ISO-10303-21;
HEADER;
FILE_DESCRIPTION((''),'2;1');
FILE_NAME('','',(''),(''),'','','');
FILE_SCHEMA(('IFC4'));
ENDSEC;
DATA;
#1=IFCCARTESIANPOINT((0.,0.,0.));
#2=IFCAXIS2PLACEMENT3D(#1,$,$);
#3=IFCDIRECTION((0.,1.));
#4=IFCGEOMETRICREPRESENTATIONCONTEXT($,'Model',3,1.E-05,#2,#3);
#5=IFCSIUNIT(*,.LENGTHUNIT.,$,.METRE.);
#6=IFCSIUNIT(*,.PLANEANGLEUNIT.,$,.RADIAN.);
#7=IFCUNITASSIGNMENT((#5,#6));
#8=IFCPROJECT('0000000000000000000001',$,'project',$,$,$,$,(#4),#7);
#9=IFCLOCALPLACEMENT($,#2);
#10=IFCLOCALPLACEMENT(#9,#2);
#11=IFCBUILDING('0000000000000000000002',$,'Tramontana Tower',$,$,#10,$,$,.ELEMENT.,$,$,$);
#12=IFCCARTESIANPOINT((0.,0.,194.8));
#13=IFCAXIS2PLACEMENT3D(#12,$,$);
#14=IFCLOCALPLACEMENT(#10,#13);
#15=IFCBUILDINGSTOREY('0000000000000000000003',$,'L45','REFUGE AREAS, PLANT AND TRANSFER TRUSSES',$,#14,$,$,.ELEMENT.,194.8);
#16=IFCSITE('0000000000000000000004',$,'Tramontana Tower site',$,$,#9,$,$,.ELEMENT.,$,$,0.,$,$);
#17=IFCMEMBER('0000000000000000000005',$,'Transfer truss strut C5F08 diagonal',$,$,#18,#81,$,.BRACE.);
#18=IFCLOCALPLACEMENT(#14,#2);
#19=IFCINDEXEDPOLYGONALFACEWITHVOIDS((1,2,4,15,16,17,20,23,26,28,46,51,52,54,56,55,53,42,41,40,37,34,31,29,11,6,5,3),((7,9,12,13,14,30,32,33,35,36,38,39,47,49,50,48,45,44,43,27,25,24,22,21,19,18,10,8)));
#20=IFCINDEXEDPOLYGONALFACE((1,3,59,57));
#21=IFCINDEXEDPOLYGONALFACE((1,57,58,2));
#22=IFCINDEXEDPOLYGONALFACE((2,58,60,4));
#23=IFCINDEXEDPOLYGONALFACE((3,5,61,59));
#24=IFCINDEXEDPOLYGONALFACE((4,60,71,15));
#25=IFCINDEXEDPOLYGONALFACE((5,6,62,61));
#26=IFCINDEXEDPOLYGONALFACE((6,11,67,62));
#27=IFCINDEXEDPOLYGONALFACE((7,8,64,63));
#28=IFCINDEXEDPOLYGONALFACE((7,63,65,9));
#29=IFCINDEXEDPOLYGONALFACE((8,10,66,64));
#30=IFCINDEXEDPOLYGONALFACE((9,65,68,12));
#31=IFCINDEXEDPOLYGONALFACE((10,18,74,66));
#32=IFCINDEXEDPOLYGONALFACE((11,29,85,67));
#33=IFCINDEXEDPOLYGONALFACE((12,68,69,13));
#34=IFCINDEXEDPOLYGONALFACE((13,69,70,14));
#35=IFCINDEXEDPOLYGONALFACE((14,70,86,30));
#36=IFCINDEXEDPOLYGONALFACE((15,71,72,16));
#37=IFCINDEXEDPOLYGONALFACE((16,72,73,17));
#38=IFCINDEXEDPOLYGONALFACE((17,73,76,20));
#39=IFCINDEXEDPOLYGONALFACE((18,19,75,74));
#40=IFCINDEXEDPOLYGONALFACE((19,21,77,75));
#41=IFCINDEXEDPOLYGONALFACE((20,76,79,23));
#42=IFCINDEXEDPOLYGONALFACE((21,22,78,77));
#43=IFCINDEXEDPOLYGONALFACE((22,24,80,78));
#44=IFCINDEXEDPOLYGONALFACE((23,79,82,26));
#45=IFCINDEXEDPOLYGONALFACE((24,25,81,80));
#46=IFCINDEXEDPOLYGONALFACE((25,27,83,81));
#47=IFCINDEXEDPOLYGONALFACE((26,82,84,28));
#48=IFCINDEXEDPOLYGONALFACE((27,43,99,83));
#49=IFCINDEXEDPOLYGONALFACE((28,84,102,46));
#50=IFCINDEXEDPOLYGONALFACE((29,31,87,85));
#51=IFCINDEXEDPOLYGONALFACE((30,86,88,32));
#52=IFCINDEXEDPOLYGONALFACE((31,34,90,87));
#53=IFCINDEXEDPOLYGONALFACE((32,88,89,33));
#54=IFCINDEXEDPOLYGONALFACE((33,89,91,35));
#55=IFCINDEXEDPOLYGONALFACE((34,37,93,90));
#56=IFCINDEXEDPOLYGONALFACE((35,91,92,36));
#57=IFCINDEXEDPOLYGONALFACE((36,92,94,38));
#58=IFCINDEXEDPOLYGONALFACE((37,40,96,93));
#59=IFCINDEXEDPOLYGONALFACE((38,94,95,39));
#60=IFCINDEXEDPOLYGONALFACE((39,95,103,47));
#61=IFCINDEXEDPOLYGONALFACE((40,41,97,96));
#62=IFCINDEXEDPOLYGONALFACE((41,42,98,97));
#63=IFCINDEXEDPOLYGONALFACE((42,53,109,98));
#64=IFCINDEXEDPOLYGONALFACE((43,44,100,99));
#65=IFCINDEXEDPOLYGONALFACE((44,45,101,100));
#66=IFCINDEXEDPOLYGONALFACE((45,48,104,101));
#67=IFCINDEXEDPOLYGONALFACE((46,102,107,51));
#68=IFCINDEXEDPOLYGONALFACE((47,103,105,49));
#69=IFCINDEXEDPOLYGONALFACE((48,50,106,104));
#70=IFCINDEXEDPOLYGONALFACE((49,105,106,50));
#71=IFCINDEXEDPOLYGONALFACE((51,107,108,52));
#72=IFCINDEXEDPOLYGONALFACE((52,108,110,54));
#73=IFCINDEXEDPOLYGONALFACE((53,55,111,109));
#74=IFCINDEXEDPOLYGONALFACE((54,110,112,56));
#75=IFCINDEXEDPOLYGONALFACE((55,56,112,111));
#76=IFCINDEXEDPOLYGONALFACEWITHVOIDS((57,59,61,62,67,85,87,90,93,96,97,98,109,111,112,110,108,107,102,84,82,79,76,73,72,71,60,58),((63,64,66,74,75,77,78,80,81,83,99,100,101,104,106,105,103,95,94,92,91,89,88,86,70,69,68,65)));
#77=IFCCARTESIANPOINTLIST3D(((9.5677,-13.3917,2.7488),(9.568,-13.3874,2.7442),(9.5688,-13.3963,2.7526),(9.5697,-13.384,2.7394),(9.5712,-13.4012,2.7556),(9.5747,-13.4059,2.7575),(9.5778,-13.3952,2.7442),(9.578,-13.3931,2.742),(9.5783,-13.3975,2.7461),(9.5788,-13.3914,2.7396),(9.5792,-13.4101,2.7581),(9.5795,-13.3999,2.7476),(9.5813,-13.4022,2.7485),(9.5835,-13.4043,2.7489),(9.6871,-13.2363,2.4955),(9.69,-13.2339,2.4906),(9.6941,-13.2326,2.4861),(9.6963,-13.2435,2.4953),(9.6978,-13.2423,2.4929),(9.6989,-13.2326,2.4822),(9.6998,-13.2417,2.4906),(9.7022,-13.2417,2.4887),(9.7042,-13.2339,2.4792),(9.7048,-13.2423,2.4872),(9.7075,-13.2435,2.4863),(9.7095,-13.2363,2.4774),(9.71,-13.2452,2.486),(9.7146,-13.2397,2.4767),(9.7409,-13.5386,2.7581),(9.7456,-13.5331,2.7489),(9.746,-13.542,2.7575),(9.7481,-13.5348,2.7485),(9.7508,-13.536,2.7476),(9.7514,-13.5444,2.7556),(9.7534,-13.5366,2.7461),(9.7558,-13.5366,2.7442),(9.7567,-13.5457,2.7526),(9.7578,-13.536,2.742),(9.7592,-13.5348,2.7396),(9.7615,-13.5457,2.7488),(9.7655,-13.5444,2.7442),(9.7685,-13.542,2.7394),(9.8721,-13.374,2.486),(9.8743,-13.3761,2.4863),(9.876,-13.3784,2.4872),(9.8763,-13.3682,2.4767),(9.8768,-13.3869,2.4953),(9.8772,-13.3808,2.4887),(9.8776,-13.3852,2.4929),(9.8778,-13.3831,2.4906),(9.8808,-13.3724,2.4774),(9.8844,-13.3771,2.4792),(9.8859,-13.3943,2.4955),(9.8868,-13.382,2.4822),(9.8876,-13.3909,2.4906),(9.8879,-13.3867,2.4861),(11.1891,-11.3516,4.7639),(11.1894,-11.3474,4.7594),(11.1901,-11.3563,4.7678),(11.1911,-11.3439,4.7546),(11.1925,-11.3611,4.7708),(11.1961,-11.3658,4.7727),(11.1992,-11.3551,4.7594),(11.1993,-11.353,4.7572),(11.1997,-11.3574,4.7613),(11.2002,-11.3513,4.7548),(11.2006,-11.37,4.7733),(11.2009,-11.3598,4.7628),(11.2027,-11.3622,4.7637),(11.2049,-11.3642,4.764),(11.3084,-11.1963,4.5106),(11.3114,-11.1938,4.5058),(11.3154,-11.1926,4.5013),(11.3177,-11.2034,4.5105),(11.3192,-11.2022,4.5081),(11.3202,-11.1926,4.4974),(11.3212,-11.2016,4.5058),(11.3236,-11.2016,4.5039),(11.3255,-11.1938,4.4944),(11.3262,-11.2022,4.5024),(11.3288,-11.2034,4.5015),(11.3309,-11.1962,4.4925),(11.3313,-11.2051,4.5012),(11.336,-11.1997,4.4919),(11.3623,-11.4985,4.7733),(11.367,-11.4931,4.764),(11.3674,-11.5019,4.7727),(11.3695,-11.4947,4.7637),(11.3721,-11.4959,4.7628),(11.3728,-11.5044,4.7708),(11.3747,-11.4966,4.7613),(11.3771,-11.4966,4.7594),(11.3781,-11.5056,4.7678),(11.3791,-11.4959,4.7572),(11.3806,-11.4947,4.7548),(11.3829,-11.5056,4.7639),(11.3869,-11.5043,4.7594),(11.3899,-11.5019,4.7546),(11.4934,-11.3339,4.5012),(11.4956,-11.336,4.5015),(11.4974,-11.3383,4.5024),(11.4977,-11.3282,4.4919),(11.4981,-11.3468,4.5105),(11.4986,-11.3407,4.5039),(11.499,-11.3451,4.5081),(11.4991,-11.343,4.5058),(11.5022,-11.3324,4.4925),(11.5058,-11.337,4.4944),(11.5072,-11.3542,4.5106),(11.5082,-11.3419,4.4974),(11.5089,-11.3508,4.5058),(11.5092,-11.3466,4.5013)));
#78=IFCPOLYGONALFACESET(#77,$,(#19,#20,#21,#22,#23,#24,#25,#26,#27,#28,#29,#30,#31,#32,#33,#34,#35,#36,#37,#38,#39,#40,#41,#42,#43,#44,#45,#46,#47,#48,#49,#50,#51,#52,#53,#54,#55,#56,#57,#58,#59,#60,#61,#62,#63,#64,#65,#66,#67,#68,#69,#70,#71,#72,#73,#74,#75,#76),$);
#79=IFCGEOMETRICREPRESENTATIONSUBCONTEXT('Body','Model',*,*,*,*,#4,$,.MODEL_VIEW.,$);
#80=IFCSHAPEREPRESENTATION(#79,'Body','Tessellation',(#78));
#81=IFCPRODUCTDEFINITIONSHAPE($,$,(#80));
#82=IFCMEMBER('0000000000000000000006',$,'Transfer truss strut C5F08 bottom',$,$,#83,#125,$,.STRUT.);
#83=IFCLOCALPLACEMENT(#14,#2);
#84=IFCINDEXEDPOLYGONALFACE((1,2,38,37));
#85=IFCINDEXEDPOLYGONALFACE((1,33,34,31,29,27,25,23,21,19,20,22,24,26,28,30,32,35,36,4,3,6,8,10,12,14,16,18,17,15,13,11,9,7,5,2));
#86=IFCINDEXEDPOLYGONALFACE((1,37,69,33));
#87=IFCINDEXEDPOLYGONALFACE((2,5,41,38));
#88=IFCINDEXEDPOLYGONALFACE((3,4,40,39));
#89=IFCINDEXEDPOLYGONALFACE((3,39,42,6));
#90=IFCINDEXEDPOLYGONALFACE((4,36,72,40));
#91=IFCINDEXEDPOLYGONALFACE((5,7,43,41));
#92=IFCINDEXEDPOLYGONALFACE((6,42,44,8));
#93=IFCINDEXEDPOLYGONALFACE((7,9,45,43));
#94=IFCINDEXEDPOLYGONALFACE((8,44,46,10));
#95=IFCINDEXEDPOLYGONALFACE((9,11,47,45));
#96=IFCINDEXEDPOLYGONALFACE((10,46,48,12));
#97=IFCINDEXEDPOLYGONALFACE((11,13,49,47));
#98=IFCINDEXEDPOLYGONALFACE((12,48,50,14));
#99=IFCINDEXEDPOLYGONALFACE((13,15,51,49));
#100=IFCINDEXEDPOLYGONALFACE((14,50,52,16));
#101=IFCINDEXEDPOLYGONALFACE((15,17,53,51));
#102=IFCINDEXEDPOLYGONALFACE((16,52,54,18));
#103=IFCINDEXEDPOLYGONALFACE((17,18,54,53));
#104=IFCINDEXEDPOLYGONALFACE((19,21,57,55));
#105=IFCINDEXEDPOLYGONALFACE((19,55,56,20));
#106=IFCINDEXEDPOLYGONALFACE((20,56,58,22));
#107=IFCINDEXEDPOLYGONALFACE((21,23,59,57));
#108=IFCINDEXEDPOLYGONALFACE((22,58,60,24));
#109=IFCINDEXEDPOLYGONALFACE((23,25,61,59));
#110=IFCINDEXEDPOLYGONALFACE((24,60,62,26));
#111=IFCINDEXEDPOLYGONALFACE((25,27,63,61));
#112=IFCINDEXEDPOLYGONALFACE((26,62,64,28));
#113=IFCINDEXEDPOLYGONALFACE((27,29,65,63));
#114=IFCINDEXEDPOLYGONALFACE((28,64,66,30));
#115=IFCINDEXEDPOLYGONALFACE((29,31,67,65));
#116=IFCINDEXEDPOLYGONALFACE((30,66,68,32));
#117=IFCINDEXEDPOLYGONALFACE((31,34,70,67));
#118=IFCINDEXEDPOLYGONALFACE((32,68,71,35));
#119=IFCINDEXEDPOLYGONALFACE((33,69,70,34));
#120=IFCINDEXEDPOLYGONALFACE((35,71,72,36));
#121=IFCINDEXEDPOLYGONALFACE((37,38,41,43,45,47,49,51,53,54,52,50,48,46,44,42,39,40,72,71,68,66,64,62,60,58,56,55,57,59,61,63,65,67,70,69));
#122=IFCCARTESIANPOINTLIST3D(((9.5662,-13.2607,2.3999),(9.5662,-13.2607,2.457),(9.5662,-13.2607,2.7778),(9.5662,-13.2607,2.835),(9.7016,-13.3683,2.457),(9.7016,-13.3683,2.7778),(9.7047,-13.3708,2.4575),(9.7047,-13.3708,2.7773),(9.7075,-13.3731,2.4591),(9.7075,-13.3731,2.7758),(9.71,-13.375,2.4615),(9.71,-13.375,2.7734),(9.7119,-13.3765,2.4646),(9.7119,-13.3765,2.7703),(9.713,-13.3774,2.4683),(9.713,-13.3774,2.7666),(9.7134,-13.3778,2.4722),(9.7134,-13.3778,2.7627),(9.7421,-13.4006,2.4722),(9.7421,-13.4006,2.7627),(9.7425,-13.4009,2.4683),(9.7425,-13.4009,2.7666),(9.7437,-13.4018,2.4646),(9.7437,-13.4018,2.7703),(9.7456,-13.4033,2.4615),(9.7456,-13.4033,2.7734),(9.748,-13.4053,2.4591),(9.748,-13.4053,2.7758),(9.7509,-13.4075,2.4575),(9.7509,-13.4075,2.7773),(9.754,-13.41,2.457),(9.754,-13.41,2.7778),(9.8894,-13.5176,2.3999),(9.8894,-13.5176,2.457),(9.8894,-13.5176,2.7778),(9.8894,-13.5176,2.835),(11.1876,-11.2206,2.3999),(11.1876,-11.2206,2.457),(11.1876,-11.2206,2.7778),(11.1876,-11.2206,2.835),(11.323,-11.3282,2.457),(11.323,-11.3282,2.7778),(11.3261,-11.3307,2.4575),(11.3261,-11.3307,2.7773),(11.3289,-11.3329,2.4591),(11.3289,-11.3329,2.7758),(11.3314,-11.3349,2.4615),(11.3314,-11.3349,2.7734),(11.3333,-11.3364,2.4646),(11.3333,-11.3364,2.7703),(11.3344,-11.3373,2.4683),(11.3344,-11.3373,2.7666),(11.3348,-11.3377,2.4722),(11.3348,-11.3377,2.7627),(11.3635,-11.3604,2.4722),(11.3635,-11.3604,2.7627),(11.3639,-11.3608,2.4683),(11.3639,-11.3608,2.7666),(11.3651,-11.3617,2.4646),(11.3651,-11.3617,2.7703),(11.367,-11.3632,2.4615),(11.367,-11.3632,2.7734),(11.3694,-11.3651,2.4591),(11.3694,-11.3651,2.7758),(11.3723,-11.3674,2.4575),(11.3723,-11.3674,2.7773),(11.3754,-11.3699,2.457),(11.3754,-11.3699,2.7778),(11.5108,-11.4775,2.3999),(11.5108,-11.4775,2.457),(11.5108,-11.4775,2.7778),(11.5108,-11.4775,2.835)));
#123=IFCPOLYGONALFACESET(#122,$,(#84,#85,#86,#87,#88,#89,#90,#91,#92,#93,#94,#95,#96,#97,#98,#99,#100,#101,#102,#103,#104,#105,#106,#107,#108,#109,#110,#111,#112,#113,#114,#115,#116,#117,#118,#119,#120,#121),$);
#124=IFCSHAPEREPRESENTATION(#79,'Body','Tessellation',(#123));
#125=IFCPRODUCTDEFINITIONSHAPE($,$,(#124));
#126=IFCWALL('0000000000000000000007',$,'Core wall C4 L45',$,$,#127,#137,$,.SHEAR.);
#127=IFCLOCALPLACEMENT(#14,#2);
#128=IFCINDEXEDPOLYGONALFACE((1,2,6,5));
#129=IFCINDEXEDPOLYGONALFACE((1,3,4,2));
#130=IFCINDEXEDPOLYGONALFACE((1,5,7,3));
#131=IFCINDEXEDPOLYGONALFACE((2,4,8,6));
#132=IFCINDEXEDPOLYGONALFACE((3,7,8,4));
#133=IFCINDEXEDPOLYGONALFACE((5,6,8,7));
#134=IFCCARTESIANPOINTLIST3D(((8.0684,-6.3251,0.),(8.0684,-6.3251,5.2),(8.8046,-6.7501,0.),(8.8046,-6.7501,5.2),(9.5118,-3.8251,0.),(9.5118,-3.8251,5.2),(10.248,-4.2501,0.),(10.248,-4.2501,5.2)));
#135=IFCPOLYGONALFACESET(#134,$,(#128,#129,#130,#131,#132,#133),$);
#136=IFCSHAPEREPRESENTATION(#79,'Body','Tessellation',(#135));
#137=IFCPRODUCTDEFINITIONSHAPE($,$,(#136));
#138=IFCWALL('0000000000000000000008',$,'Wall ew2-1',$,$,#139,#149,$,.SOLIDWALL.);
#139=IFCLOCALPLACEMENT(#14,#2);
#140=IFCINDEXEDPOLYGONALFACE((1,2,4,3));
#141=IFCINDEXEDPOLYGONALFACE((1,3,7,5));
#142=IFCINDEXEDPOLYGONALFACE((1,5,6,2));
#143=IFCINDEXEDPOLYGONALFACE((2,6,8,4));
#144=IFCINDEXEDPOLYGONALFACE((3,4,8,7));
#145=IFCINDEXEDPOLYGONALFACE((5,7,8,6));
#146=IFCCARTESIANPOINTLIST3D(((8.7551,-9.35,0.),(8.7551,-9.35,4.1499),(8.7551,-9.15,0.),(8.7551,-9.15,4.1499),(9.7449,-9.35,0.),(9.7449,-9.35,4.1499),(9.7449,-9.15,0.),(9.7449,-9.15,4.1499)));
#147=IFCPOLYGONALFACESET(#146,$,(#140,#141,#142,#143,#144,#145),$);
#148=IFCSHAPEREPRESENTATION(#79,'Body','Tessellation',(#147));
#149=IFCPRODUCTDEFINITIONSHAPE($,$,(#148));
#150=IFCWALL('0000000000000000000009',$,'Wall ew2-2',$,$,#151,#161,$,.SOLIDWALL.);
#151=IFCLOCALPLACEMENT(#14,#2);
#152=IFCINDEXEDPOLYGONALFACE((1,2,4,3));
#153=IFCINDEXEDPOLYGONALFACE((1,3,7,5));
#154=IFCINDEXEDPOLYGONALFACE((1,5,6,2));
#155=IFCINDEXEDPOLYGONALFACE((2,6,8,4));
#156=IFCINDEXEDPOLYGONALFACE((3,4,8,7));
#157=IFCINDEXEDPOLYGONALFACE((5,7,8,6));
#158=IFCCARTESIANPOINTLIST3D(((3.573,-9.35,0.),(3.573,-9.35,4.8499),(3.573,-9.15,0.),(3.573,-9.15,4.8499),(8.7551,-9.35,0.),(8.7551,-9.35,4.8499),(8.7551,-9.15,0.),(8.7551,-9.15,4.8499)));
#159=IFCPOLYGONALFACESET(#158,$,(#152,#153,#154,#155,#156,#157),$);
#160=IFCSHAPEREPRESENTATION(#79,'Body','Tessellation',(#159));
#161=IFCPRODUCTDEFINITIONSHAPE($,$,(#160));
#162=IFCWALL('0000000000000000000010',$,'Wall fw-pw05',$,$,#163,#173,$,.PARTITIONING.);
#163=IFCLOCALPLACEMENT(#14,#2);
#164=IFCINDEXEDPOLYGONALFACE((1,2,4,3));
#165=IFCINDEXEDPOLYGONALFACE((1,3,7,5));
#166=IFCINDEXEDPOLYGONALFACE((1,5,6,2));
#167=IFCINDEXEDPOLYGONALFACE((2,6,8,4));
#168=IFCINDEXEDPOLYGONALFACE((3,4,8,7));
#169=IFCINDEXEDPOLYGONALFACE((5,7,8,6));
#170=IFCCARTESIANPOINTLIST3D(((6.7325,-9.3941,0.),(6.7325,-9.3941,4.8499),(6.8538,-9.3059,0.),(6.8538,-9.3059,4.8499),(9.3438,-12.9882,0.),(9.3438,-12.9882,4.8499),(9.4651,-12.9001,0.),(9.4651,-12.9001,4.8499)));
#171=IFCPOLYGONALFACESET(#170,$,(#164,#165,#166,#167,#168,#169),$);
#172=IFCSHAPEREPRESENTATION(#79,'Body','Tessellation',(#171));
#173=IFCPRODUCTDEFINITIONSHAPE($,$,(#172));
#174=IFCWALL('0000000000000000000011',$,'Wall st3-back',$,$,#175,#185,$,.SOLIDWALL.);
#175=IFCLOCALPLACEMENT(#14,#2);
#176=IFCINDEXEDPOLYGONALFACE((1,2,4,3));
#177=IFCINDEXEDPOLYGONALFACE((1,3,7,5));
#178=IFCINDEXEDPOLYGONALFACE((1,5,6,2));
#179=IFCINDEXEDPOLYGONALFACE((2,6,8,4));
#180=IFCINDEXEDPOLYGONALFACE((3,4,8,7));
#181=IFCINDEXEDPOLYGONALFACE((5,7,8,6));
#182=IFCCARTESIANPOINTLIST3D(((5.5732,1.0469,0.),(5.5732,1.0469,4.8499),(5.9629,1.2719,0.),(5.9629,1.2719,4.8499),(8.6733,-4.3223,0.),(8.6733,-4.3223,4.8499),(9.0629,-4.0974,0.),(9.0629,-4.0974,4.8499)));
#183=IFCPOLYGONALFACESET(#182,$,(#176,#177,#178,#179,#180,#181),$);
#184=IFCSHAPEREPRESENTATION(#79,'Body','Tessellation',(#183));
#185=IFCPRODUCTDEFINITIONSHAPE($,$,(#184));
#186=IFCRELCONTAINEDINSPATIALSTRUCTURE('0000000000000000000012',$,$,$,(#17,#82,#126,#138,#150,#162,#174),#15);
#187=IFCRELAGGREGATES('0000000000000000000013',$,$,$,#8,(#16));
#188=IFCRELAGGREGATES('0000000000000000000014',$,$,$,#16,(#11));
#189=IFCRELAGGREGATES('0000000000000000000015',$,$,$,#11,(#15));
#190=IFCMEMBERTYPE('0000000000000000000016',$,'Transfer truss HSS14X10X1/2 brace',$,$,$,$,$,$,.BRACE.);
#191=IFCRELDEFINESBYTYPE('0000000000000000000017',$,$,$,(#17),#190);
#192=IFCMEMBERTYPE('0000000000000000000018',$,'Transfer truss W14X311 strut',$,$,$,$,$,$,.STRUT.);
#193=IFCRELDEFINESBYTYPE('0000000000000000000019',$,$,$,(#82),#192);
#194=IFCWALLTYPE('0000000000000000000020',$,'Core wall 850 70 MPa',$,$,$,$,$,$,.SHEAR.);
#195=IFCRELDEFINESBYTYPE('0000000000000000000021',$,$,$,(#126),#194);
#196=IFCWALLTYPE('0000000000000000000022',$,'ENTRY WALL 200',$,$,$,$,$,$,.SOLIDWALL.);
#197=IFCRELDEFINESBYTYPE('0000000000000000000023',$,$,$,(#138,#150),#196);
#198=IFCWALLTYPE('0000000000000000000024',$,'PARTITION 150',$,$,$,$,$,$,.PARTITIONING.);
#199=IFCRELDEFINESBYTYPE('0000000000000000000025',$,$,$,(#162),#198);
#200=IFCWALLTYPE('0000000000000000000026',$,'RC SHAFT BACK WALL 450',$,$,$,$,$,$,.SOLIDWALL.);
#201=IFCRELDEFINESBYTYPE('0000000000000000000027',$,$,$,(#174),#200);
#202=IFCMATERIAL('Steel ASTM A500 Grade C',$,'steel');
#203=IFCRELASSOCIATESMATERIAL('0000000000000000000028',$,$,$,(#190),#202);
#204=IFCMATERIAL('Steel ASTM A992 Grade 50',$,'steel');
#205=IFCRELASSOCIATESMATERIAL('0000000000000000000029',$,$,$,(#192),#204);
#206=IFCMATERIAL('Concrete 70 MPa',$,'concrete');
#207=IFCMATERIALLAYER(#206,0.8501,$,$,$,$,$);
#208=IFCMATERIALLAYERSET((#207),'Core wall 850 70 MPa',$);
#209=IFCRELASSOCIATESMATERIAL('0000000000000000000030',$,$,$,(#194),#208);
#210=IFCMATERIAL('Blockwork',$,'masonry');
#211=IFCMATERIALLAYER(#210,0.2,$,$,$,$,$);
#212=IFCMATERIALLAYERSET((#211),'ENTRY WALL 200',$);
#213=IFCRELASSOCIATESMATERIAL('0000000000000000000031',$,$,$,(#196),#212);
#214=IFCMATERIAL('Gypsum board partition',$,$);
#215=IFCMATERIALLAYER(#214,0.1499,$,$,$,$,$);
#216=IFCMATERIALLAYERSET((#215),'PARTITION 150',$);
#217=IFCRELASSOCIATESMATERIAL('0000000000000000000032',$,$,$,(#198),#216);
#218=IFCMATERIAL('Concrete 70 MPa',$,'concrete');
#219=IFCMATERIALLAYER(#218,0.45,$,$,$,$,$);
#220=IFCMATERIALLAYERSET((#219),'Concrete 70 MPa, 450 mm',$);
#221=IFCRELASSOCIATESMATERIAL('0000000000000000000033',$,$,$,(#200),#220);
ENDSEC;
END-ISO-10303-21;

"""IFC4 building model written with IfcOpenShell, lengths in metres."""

from ifc_helpers import new_model, si_unit, direction, frame, frame_2d, origin, origin_2d, place, context, subcontext, project, spatial, rectangle, hollow_rectangle, i_section, extrude, material, layer, layer_set, material_profile, profile_set, type_object, element, save


model = new_model("IFC4")

# Units and contexts
model_context = context("Model", 3, precision=1e-05, world=origin(), true_north=direction((0.0, 1.0)))
body_context = subcontext(model_context, "Body", "Model", "MODEL_VIEW")
ifc_project = project(units=[si_unit("LENGTHUNIT", "METRE"), si_unit("PLANEANGLEUNIT", "RADIAN")], contexts=[model_context])

# Site, building, storey
site_placement = place(None, origin())
site = spatial("IfcSite", under=ifc_project, at=site_placement, Name="Tramontana Tower site", CompositionType="ELEMENT", RefElevation=0.0)
building_placement = place(site_placement, origin())
building = spatial("IfcBuilding", under=site, at=building_placement, Name="Tramontana Tower", CompositionType="ELEMENT")
storey_placement = place(building_placement, frame((0.0, 0.0, 194.8)))
storey = spatial("IfcBuildingStorey", under=building, at=storey_placement, Name="L45", Description="REFUGE AREAS, PLANT AND TRANSFER TRUSSES", CompositionType="ELEMENT", Elevation=194.8)

# Members
ifc_material_1 = material(Name="Steel ASTM A500 Grade C", Category="steel")
ifc_material_profile_1 = material_profile(ifc_material_1, hollow_rectangle(XDim=0.2539, YDim=0.3557, WallThickness=0.0117, InnerFilletRadius=0.0117, OuterFilletRadius=0.0237, at=origin_2d()), Name="HSS14X10X1/2")
ifc_profile_set_1 = profile_set([ifc_material_profile_1], Name="Steel ASTM A500 Grade C")
member_type_1 = type_object("IfcMemberType", Name="Transfer truss HSS14X10X1/2 brace", PredefinedType="BRACE", material=ifc_profile_set_1)
member_1_placement = place(storey_placement, frame((9.7278, -13.3892, 2.6174), z_axis=(0.49219, 0.619296, 0.611736), x_axis=(-0.782867, 0.62219, 0.0)))
element("IfcMember", 1, at=member_1_placement, inside=storey, type_object=member_type_1, Name="Transfer truss strut C5F08 diagonal", PredefinedType="BRACE", context=body_context, shape_type="SweptSolid", body=[
    extrude(hollow_rectangle(XDim=0.2539, YDim=0.3557, WallThickness=0.0117, InnerFilletRadius=0.0117, OuterFilletRadius=0.0237, at=origin_2d()), origin(), (0.0, 0.0, 1.0), 3.2942),
])
ifc_material_2 = material(Name="Steel ASTM A992 Grade 50", Category="steel")
ifc_material_profile_2 = material_profile(ifc_material_2, i_section(OverallWidth=0.4128, OverallDepth=0.4351, WebThickness=0.0366, FlangeThickness=0.0571, FilletRadius=0.0151, at=origin_2d()), Name="W14X311")
ifc_profile_set_2 = profile_set([ifc_material_profile_2], Name="Steel ASTM A992 Grade 50")
member_type_2 = type_object("IfcMemberType", Name="Transfer truss W14X311 strut", PredefinedType="STRUT", material=ifc_profile_set_2)
member_2_placement = place(storey_placement, frame((9.7278, -13.3892, 2.6174), z_axis=(0.62219, 0.782867, 0.0), x_axis=(-0.782867, 0.62219, 0.0)))
element("IfcMember", 2, at=member_2_placement, inside=storey, type_object=member_type_2, Name="Transfer truss strut C5F08 bottom", PredefinedType="STRUT", context=body_context, shape_type="SweptSolid", body=[
    extrude(i_section(OverallWidth=0.4128, OverallDepth=0.4351, WebThickness=0.0366, FlangeThickness=0.0571, FilletRadius=0.0151, at=origin_2d()), origin(), (0.0, 0.0, 1.0), 2.606),
])

# Walls
ifc_material_3 = material(Name="Concrete 70 MPa", Category="concrete")
ifc_layer_1 = layer(ifc_material_3, 0.8501)
ifc_layer_set_1 = layer_set([ifc_layer_1], Name="Core wall 850 70 MPa")
wall_type_1 = type_object("IfcWallType", Name="Core wall 850 70 MPa", PredefinedType="SHEAR", material=ifc_layer_set_1)
wall_1_placement = place(storey_placement, frame((8.4365, -6.5376, 0.0), z_axis=(0.0, 0.0, 1.0), x_axis=(0.499996, 0.866028, 0.0)))
element("IfcWall", 3, at=wall_1_placement, inside=storey, type_object=wall_type_1, Name="Core wall C4 L45", PredefinedType="SHEAR", context=body_context, shape_type="SweptSolid", body=[
    extrude(rectangle(XDim=2.8867, YDim=0.8501, at=frame_2d((1.4434, 0.0))), origin(), (0.0, 0.0, 1.0), 5.2),
])
ifc_material_4 = material(Name="Blockwork", Category="masonry")
ifc_layer_2 = layer(ifc_material_4, 0.2)
ifc_layer_set_2 = layer_set([ifc_layer_2], Name="ENTRY WALL 200")
wall_type_2 = type_object("IfcWallType", Name="ENTRY WALL 200", PredefinedType="SOLIDWALL", material=ifc_layer_set_2)
wall_2_placement = place(storey_placement, frame((9.7449, -9.25, 0.0), z_axis=(0.0, 0.0, 1.0), x_axis=(-1.0, 0.0, 0.0)))
element("IfcWall", 4, at=wall_2_placement, inside=storey, type_object=wall_type_2, Name="Wall ew2-1", PredefinedType="SOLIDWALL", context=body_context, shape_type="SweptSolid", body=[
    extrude(rectangle(XDim=0.9897, YDim=0.2, at=frame_2d((0.4949, 0.0))), origin(), (0.0, 0.0, 1.0), 4.1499),
])
wall_3_placement = place(storey_placement, frame((8.7551, -9.25, 0.0), z_axis=(0.0, 0.0, 1.0), x_axis=(-1.0, 0.0, 0.0)))
element("IfcWall", 5, at=wall_3_placement, inside=storey, type_object=wall_type_2, Name="Wall ew2-2", PredefinedType="SOLIDWALL", context=body_context, shape_type="SweptSolid", body=[
    extrude(rectangle(XDim=5.1821, YDim=0.2, at=frame_2d((2.5911, 0.0))), origin(), (0.0, 0.0, 1.0), 4.8499),
])
ifc_material_5 = material(Name="Gypsum board partition")
ifc_layer_3 = layer(ifc_material_5, 0.1499)
ifc_layer_set_3 = layer_set([ifc_layer_3], Name="PARTITION 150")
wall_type_3 = type_object("IfcWallType", Name="PARTITION 150", PredefinedType="PARTITIONING", material=ifc_layer_set_3)
wall_4_placement = place(storey_placement, frame((6.7932, -9.3501, 0.0), z_axis=(0.0, 0.0, 1.0), x_axis=(0.58778, -0.809021, 0.0)))
element("IfcWall", 6, at=wall_4_placement, inside=storey, type_object=wall_type_3, Name="Wall fw-pw05", PredefinedType="PARTITIONING", context=body_context, shape_type="SweptSolid", body=[
    extrude(rectangle(XDim=4.4426, YDim=0.1499, at=frame_2d((2.2212, 0.0))), origin(), (0.0, 0.0, 1.0), 4.8499),
])
ifc_material_6 = material(Name="Concrete 70 MPa", Category="concrete")
ifc_layer_4 = layer(ifc_material_6, 0.45)
ifc_layer_set_4 = layer_set([ifc_layer_4], Name="Concrete 70 MPa, 450 mm")
wall_type_4 = type_object("IfcWallType", Name="RC SHAFT BACK WALL 450", PredefinedType="SOLIDWALL", material=ifc_layer_set_4)
wall_5_placement = place(storey_placement, frame((8.8682, -4.21, 0.0), z_axis=(0.0, 0.0, 1.0), x_axis=(-0.50001, 0.86602, 0.0)))
element("IfcWall", 7, at=wall_5_placement, inside=storey, type_object=wall_type_4, Name="Wall st3-back", PredefinedType="SOLIDWALL", context=body_context, shape_type="SweptSolid", body=[
    extrude(rectangle(XDim=6.2, YDim=0.45, at=frame_2d((3.1001, 0.0))), origin(), (0.0, 0.0, 1.0), 4.8499),
])

save(model, "model.ifc")
